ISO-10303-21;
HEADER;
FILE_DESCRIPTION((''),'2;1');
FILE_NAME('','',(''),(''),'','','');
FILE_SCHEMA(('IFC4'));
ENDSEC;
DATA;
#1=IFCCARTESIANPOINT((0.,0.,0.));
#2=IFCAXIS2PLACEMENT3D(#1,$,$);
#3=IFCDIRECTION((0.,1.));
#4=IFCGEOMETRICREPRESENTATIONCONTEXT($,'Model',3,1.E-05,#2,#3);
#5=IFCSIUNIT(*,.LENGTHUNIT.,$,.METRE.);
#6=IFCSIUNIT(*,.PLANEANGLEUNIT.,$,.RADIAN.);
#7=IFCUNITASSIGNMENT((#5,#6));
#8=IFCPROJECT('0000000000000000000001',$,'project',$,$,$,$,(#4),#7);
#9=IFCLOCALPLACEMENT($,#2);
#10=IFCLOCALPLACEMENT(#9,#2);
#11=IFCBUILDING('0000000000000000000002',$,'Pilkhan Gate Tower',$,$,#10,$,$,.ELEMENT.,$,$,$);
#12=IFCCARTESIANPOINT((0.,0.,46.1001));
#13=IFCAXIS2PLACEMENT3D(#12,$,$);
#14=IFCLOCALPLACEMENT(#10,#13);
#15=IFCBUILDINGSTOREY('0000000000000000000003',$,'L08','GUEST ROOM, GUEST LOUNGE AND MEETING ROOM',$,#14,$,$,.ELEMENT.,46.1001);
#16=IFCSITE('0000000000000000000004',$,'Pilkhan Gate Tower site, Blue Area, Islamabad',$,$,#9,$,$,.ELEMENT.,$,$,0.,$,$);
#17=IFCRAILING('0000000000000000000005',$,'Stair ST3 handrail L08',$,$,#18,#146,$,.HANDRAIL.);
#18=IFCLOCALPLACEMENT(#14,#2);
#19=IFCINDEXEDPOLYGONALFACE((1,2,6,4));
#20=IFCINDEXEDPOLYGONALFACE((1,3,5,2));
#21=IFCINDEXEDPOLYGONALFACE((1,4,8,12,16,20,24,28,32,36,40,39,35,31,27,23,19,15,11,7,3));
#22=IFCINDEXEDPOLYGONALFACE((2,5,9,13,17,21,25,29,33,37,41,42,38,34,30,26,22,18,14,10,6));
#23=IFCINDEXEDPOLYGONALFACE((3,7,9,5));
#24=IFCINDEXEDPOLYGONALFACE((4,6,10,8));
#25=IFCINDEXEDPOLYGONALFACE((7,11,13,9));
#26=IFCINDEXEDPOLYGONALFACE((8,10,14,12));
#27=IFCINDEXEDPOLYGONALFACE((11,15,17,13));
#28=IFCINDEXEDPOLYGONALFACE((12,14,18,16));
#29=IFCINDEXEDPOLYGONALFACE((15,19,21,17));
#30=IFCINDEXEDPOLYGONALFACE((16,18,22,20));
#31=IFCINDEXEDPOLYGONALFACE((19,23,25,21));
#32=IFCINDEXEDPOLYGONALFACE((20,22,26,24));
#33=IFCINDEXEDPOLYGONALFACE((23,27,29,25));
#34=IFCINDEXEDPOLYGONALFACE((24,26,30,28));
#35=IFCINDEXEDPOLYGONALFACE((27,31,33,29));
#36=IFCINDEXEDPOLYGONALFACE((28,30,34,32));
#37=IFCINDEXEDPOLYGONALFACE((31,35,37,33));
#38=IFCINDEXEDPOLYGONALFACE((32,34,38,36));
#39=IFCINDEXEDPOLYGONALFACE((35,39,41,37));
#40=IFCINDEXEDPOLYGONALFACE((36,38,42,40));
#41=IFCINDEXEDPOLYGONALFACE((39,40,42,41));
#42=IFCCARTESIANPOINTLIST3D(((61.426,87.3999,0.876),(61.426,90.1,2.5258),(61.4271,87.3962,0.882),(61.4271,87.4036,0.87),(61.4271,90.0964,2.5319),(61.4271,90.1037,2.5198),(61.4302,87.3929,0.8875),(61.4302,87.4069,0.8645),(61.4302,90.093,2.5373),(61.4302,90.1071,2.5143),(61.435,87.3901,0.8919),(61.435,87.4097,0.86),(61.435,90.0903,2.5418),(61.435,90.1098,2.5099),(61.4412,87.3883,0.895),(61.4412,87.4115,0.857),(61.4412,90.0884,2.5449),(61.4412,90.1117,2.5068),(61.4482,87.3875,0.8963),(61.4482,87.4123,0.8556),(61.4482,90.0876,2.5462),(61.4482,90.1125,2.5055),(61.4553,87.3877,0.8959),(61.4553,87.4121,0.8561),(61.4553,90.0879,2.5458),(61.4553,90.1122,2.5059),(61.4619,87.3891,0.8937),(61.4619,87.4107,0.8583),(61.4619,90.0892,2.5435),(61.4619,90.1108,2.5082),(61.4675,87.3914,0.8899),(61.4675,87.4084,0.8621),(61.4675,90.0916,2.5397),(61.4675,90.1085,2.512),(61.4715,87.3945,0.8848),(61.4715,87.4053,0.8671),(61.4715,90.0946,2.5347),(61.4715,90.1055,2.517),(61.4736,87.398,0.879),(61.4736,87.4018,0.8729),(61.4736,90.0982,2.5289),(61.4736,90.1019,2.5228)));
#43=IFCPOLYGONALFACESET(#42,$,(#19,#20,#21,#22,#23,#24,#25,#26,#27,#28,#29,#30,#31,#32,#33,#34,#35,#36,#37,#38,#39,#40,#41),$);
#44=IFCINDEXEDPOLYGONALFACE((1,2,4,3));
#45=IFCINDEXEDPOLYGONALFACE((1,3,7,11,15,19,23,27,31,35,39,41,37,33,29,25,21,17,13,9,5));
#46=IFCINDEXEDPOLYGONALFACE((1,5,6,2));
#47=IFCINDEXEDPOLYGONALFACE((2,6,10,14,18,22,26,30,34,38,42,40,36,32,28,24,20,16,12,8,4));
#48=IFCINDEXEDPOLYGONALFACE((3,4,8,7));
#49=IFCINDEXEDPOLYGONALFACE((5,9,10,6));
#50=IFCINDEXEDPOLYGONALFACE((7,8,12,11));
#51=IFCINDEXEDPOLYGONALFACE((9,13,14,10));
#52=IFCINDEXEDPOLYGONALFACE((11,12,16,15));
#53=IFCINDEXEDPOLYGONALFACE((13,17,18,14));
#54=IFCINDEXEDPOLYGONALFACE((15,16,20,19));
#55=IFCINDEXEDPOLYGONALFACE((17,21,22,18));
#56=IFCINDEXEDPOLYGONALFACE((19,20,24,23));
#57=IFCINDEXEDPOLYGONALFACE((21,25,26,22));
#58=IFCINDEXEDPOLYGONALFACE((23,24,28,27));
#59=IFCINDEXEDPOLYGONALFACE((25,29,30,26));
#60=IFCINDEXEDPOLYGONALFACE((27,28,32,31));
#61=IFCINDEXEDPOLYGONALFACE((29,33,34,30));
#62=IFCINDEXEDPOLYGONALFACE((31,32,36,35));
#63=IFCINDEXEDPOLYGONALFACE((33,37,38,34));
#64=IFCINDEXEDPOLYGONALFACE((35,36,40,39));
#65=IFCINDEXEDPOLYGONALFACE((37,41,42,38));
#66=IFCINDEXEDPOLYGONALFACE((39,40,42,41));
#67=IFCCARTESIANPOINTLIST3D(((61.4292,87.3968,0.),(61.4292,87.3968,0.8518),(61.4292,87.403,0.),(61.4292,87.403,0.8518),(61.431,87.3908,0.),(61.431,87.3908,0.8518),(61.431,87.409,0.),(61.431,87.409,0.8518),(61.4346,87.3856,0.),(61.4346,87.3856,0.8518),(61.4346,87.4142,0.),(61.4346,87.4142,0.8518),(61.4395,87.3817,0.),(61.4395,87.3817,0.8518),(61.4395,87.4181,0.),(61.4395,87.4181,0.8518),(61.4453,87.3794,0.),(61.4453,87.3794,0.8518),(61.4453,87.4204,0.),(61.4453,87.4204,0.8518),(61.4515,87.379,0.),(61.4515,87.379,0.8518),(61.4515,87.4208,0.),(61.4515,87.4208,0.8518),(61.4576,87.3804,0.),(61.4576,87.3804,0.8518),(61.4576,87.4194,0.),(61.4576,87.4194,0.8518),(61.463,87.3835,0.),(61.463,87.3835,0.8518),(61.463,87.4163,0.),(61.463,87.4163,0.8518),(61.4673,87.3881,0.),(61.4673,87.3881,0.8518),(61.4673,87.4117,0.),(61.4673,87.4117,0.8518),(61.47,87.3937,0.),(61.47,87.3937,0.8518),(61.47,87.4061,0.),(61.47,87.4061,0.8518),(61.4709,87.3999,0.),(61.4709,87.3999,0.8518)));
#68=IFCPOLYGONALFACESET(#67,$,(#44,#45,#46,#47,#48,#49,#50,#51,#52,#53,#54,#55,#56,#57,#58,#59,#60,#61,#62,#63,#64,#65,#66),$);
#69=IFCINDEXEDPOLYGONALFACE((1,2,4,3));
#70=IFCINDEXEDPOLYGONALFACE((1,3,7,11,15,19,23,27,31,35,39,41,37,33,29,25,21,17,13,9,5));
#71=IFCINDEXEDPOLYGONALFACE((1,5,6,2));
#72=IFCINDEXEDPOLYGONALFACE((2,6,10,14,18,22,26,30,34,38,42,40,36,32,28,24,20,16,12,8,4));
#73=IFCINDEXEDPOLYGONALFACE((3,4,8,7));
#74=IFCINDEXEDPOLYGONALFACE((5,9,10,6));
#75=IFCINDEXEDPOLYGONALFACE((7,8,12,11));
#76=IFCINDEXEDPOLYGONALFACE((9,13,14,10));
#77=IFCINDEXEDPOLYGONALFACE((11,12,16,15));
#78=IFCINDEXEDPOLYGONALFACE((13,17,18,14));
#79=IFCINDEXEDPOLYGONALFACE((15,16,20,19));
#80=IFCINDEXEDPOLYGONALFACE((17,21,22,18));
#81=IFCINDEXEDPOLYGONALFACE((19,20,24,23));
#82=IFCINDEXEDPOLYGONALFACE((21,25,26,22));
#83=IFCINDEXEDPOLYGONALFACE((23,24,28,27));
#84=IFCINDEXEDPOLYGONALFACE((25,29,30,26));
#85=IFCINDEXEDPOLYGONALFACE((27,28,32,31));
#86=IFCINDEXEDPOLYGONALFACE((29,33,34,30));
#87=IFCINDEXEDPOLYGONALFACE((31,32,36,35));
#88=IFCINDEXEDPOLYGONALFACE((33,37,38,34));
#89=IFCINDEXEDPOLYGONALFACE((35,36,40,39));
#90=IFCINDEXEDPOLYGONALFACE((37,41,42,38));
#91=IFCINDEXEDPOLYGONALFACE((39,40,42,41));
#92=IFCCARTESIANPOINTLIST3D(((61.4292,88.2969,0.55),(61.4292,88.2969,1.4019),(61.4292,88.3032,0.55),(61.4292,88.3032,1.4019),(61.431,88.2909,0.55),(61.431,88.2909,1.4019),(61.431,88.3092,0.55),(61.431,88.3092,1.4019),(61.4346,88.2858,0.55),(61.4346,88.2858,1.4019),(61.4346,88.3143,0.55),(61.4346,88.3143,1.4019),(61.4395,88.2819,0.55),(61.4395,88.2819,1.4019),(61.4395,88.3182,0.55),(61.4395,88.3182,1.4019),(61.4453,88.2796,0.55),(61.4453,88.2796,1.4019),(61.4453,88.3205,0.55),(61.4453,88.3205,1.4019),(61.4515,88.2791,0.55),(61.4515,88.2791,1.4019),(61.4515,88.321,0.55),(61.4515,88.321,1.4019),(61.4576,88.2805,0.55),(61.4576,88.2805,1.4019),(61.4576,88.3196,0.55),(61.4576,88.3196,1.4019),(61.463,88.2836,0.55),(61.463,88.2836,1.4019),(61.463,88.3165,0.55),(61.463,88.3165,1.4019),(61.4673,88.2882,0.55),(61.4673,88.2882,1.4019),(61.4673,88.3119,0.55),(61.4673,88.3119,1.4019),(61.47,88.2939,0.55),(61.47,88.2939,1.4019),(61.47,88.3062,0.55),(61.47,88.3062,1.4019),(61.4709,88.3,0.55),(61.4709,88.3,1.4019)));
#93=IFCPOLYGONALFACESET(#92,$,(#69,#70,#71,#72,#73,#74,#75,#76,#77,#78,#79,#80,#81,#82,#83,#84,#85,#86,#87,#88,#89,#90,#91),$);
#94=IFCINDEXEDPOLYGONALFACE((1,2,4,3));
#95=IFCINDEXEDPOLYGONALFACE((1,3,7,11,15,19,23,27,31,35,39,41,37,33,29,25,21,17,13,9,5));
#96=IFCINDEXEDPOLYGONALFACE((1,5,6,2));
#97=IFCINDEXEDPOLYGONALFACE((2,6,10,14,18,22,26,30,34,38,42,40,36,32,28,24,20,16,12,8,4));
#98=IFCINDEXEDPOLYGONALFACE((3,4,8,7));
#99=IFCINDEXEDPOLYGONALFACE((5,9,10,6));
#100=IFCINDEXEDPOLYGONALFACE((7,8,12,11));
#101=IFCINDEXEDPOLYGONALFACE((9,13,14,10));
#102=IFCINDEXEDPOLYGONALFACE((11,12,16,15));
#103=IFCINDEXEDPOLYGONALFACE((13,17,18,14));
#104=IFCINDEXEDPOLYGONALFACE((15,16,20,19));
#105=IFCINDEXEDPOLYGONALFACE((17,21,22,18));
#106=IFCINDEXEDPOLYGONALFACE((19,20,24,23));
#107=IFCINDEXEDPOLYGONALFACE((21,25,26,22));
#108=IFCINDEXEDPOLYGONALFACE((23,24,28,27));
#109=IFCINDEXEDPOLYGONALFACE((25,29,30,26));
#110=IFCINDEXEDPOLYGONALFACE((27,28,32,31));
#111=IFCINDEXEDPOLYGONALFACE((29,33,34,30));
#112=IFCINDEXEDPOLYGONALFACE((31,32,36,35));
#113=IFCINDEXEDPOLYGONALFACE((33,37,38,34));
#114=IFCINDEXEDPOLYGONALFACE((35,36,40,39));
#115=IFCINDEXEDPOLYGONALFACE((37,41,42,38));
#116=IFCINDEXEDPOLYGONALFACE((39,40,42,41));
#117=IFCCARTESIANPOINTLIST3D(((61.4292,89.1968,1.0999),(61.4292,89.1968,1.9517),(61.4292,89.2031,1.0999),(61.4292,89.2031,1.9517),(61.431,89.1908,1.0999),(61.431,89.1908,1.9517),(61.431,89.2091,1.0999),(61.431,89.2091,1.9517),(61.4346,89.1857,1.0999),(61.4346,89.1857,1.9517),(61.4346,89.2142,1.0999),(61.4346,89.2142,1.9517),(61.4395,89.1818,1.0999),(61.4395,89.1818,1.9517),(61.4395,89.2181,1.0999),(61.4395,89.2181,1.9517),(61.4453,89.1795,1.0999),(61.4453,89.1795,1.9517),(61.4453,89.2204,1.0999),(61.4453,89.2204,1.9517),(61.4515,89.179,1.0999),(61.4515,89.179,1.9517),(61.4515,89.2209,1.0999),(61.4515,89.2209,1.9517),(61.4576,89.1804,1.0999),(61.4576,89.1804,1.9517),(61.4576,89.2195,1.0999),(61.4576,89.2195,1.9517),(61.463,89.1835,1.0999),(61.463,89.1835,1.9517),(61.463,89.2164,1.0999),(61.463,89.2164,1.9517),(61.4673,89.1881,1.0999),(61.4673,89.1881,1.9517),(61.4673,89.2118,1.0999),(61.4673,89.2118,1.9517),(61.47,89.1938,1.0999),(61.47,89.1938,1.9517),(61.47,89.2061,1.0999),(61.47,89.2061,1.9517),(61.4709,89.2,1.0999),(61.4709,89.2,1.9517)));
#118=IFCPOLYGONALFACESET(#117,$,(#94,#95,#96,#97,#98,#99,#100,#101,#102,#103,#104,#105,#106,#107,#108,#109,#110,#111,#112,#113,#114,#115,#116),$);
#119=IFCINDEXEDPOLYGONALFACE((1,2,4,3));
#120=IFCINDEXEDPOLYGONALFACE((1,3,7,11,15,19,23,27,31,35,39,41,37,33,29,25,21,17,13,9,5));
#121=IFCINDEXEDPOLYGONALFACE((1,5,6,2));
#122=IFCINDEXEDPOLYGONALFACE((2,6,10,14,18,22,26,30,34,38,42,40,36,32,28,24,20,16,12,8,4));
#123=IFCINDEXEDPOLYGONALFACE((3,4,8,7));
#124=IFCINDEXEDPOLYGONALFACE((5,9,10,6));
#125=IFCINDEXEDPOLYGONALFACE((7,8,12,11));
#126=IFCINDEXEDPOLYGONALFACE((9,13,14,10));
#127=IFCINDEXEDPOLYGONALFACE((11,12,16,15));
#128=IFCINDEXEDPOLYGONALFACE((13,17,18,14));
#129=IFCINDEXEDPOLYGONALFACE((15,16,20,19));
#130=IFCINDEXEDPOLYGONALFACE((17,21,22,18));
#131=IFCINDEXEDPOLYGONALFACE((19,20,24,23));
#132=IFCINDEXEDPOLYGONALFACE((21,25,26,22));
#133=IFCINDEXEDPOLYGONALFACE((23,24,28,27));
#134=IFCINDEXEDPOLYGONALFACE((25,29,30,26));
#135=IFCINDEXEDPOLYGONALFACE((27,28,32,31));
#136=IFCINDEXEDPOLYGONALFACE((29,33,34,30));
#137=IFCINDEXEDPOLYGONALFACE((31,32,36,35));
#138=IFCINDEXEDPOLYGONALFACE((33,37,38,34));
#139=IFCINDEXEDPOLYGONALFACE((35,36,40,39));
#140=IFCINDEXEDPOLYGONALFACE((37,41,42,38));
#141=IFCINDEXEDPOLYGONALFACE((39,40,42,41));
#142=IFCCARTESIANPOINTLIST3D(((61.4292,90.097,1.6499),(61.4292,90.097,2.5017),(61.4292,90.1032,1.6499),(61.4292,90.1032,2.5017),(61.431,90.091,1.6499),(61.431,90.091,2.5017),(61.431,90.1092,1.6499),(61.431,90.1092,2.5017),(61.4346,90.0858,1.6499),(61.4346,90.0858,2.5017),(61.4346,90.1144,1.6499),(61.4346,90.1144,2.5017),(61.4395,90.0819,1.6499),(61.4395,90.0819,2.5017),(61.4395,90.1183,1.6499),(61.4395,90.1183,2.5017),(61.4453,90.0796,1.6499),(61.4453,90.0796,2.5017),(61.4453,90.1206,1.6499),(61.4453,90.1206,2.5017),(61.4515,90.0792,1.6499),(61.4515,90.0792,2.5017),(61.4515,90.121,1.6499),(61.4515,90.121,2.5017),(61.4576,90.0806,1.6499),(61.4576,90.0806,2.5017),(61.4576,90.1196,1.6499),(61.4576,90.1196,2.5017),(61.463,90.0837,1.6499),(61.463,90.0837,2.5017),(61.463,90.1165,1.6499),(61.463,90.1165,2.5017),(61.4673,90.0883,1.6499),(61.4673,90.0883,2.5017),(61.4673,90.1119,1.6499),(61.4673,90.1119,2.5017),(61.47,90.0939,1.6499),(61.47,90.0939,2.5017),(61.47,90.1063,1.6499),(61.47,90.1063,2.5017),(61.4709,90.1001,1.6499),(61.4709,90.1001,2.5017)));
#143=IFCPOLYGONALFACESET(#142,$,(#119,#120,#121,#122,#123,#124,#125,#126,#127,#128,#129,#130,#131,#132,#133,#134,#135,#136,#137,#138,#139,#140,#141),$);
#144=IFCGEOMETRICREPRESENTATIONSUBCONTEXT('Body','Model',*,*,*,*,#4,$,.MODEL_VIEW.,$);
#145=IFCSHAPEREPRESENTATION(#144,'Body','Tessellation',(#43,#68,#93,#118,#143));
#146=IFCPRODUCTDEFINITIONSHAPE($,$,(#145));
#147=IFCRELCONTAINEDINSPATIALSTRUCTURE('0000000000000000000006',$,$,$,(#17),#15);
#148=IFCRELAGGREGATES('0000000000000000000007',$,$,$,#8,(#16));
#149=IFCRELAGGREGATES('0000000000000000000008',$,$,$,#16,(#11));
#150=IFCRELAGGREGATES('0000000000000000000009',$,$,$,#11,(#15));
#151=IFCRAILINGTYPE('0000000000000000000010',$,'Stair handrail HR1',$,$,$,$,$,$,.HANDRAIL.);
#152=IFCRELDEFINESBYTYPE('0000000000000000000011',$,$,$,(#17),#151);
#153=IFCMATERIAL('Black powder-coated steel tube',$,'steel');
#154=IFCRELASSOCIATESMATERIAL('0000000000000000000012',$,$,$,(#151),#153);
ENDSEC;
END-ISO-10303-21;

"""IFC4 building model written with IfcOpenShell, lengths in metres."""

from ifc_helpers import new_model, si_unit, direction, frame, origin, origin_2d, place, context, subcontext, project, spatial, circle, extrude, material, type_object, element, save


model = new_model("IFC4")

# Units and contexts
model_context = context("Model", 3, precision=1e-05, world=origin(), true_north=direction((0.0, 1.0)))
body_context = subcontext(model_context, "Body", "Model", "MODEL_VIEW")
ifc_project = project(units=[si_unit("LENGTHUNIT", "METRE"), si_unit("PLANEANGLEUNIT", "RADIAN")], contexts=[model_context])

# Site, building, storey
site_placement = place(None, origin())
site = spatial("IfcSite", under=ifc_project, at=site_placement, Name="Pilkhan Gate Tower site, Blue Area, Islamabad", CompositionType="ELEMENT", RefElevation=0.0)
building_placement = place(site_placement, origin())
building = spatial("IfcBuilding", under=site, at=building_placement, Name="Pilkhan Gate Tower", CompositionType="ELEMENT")
storey_placement = place(building_placement, frame((0.0, 0.0, 46.1001)))
storey = spatial("IfcBuildingStorey", under=building, at=storey_placement, Name="L08", Description="GUEST ROOM, GUEST LOUNGE AND MEETING ROOM", CompositionType="ELEMENT", Elevation=46.1001)

# Railing
ifc_material_1 = material(Name="Black powder-coated steel tube", Category="steel")
railing_type_1 = type_object("IfcRailingType", Name="Stair handrail HR1", PredefinedType="HANDRAIL", material=ifc_material_1)
railing_1_placement = place(storey_placement, frame((61.45, 87.3999, 0.0)))
element("IfcRailing", 1, at=railing_1_placement, inside=storey, type_object=railing_type_1, Name="Stair ST3 handrail L08", PredefinedType="HANDRAIL", context=body_context, shape_type="SweptSolid", body=[
    extrude(circle(Radius=0.0239, at=origin_2d()), frame((0.0, 0.0, 0.876), z_axis=(0.0, 0.853312, 0.5214), x_axis=(-1.0, 0.0, 0.0)), (0.0, 0.0, 1.0), 3.1643),
    extrude(circle(Radius=0.021, at=origin_2d()), origin(), (0.0, 0.0, 1.0), 0.8518),
    extrude(circle(Radius=0.021, at=origin_2d()), frame((0.0, 0.9001, 0.55)), (0.0, 0.0, 1.0), 0.8518),
    extrude(circle(Radius=0.021, at=origin_2d()), frame((0.0, 1.8, 1.0999)), (0.0, 0.0, 1.0), 0.8518),
    extrude(circle(Radius=0.021, at=origin_2d()), frame((0.0, 2.7002, 1.6499)), (0.0, 0.0, 1.0), 0.8518),
])

save(model, "model.ifc")
